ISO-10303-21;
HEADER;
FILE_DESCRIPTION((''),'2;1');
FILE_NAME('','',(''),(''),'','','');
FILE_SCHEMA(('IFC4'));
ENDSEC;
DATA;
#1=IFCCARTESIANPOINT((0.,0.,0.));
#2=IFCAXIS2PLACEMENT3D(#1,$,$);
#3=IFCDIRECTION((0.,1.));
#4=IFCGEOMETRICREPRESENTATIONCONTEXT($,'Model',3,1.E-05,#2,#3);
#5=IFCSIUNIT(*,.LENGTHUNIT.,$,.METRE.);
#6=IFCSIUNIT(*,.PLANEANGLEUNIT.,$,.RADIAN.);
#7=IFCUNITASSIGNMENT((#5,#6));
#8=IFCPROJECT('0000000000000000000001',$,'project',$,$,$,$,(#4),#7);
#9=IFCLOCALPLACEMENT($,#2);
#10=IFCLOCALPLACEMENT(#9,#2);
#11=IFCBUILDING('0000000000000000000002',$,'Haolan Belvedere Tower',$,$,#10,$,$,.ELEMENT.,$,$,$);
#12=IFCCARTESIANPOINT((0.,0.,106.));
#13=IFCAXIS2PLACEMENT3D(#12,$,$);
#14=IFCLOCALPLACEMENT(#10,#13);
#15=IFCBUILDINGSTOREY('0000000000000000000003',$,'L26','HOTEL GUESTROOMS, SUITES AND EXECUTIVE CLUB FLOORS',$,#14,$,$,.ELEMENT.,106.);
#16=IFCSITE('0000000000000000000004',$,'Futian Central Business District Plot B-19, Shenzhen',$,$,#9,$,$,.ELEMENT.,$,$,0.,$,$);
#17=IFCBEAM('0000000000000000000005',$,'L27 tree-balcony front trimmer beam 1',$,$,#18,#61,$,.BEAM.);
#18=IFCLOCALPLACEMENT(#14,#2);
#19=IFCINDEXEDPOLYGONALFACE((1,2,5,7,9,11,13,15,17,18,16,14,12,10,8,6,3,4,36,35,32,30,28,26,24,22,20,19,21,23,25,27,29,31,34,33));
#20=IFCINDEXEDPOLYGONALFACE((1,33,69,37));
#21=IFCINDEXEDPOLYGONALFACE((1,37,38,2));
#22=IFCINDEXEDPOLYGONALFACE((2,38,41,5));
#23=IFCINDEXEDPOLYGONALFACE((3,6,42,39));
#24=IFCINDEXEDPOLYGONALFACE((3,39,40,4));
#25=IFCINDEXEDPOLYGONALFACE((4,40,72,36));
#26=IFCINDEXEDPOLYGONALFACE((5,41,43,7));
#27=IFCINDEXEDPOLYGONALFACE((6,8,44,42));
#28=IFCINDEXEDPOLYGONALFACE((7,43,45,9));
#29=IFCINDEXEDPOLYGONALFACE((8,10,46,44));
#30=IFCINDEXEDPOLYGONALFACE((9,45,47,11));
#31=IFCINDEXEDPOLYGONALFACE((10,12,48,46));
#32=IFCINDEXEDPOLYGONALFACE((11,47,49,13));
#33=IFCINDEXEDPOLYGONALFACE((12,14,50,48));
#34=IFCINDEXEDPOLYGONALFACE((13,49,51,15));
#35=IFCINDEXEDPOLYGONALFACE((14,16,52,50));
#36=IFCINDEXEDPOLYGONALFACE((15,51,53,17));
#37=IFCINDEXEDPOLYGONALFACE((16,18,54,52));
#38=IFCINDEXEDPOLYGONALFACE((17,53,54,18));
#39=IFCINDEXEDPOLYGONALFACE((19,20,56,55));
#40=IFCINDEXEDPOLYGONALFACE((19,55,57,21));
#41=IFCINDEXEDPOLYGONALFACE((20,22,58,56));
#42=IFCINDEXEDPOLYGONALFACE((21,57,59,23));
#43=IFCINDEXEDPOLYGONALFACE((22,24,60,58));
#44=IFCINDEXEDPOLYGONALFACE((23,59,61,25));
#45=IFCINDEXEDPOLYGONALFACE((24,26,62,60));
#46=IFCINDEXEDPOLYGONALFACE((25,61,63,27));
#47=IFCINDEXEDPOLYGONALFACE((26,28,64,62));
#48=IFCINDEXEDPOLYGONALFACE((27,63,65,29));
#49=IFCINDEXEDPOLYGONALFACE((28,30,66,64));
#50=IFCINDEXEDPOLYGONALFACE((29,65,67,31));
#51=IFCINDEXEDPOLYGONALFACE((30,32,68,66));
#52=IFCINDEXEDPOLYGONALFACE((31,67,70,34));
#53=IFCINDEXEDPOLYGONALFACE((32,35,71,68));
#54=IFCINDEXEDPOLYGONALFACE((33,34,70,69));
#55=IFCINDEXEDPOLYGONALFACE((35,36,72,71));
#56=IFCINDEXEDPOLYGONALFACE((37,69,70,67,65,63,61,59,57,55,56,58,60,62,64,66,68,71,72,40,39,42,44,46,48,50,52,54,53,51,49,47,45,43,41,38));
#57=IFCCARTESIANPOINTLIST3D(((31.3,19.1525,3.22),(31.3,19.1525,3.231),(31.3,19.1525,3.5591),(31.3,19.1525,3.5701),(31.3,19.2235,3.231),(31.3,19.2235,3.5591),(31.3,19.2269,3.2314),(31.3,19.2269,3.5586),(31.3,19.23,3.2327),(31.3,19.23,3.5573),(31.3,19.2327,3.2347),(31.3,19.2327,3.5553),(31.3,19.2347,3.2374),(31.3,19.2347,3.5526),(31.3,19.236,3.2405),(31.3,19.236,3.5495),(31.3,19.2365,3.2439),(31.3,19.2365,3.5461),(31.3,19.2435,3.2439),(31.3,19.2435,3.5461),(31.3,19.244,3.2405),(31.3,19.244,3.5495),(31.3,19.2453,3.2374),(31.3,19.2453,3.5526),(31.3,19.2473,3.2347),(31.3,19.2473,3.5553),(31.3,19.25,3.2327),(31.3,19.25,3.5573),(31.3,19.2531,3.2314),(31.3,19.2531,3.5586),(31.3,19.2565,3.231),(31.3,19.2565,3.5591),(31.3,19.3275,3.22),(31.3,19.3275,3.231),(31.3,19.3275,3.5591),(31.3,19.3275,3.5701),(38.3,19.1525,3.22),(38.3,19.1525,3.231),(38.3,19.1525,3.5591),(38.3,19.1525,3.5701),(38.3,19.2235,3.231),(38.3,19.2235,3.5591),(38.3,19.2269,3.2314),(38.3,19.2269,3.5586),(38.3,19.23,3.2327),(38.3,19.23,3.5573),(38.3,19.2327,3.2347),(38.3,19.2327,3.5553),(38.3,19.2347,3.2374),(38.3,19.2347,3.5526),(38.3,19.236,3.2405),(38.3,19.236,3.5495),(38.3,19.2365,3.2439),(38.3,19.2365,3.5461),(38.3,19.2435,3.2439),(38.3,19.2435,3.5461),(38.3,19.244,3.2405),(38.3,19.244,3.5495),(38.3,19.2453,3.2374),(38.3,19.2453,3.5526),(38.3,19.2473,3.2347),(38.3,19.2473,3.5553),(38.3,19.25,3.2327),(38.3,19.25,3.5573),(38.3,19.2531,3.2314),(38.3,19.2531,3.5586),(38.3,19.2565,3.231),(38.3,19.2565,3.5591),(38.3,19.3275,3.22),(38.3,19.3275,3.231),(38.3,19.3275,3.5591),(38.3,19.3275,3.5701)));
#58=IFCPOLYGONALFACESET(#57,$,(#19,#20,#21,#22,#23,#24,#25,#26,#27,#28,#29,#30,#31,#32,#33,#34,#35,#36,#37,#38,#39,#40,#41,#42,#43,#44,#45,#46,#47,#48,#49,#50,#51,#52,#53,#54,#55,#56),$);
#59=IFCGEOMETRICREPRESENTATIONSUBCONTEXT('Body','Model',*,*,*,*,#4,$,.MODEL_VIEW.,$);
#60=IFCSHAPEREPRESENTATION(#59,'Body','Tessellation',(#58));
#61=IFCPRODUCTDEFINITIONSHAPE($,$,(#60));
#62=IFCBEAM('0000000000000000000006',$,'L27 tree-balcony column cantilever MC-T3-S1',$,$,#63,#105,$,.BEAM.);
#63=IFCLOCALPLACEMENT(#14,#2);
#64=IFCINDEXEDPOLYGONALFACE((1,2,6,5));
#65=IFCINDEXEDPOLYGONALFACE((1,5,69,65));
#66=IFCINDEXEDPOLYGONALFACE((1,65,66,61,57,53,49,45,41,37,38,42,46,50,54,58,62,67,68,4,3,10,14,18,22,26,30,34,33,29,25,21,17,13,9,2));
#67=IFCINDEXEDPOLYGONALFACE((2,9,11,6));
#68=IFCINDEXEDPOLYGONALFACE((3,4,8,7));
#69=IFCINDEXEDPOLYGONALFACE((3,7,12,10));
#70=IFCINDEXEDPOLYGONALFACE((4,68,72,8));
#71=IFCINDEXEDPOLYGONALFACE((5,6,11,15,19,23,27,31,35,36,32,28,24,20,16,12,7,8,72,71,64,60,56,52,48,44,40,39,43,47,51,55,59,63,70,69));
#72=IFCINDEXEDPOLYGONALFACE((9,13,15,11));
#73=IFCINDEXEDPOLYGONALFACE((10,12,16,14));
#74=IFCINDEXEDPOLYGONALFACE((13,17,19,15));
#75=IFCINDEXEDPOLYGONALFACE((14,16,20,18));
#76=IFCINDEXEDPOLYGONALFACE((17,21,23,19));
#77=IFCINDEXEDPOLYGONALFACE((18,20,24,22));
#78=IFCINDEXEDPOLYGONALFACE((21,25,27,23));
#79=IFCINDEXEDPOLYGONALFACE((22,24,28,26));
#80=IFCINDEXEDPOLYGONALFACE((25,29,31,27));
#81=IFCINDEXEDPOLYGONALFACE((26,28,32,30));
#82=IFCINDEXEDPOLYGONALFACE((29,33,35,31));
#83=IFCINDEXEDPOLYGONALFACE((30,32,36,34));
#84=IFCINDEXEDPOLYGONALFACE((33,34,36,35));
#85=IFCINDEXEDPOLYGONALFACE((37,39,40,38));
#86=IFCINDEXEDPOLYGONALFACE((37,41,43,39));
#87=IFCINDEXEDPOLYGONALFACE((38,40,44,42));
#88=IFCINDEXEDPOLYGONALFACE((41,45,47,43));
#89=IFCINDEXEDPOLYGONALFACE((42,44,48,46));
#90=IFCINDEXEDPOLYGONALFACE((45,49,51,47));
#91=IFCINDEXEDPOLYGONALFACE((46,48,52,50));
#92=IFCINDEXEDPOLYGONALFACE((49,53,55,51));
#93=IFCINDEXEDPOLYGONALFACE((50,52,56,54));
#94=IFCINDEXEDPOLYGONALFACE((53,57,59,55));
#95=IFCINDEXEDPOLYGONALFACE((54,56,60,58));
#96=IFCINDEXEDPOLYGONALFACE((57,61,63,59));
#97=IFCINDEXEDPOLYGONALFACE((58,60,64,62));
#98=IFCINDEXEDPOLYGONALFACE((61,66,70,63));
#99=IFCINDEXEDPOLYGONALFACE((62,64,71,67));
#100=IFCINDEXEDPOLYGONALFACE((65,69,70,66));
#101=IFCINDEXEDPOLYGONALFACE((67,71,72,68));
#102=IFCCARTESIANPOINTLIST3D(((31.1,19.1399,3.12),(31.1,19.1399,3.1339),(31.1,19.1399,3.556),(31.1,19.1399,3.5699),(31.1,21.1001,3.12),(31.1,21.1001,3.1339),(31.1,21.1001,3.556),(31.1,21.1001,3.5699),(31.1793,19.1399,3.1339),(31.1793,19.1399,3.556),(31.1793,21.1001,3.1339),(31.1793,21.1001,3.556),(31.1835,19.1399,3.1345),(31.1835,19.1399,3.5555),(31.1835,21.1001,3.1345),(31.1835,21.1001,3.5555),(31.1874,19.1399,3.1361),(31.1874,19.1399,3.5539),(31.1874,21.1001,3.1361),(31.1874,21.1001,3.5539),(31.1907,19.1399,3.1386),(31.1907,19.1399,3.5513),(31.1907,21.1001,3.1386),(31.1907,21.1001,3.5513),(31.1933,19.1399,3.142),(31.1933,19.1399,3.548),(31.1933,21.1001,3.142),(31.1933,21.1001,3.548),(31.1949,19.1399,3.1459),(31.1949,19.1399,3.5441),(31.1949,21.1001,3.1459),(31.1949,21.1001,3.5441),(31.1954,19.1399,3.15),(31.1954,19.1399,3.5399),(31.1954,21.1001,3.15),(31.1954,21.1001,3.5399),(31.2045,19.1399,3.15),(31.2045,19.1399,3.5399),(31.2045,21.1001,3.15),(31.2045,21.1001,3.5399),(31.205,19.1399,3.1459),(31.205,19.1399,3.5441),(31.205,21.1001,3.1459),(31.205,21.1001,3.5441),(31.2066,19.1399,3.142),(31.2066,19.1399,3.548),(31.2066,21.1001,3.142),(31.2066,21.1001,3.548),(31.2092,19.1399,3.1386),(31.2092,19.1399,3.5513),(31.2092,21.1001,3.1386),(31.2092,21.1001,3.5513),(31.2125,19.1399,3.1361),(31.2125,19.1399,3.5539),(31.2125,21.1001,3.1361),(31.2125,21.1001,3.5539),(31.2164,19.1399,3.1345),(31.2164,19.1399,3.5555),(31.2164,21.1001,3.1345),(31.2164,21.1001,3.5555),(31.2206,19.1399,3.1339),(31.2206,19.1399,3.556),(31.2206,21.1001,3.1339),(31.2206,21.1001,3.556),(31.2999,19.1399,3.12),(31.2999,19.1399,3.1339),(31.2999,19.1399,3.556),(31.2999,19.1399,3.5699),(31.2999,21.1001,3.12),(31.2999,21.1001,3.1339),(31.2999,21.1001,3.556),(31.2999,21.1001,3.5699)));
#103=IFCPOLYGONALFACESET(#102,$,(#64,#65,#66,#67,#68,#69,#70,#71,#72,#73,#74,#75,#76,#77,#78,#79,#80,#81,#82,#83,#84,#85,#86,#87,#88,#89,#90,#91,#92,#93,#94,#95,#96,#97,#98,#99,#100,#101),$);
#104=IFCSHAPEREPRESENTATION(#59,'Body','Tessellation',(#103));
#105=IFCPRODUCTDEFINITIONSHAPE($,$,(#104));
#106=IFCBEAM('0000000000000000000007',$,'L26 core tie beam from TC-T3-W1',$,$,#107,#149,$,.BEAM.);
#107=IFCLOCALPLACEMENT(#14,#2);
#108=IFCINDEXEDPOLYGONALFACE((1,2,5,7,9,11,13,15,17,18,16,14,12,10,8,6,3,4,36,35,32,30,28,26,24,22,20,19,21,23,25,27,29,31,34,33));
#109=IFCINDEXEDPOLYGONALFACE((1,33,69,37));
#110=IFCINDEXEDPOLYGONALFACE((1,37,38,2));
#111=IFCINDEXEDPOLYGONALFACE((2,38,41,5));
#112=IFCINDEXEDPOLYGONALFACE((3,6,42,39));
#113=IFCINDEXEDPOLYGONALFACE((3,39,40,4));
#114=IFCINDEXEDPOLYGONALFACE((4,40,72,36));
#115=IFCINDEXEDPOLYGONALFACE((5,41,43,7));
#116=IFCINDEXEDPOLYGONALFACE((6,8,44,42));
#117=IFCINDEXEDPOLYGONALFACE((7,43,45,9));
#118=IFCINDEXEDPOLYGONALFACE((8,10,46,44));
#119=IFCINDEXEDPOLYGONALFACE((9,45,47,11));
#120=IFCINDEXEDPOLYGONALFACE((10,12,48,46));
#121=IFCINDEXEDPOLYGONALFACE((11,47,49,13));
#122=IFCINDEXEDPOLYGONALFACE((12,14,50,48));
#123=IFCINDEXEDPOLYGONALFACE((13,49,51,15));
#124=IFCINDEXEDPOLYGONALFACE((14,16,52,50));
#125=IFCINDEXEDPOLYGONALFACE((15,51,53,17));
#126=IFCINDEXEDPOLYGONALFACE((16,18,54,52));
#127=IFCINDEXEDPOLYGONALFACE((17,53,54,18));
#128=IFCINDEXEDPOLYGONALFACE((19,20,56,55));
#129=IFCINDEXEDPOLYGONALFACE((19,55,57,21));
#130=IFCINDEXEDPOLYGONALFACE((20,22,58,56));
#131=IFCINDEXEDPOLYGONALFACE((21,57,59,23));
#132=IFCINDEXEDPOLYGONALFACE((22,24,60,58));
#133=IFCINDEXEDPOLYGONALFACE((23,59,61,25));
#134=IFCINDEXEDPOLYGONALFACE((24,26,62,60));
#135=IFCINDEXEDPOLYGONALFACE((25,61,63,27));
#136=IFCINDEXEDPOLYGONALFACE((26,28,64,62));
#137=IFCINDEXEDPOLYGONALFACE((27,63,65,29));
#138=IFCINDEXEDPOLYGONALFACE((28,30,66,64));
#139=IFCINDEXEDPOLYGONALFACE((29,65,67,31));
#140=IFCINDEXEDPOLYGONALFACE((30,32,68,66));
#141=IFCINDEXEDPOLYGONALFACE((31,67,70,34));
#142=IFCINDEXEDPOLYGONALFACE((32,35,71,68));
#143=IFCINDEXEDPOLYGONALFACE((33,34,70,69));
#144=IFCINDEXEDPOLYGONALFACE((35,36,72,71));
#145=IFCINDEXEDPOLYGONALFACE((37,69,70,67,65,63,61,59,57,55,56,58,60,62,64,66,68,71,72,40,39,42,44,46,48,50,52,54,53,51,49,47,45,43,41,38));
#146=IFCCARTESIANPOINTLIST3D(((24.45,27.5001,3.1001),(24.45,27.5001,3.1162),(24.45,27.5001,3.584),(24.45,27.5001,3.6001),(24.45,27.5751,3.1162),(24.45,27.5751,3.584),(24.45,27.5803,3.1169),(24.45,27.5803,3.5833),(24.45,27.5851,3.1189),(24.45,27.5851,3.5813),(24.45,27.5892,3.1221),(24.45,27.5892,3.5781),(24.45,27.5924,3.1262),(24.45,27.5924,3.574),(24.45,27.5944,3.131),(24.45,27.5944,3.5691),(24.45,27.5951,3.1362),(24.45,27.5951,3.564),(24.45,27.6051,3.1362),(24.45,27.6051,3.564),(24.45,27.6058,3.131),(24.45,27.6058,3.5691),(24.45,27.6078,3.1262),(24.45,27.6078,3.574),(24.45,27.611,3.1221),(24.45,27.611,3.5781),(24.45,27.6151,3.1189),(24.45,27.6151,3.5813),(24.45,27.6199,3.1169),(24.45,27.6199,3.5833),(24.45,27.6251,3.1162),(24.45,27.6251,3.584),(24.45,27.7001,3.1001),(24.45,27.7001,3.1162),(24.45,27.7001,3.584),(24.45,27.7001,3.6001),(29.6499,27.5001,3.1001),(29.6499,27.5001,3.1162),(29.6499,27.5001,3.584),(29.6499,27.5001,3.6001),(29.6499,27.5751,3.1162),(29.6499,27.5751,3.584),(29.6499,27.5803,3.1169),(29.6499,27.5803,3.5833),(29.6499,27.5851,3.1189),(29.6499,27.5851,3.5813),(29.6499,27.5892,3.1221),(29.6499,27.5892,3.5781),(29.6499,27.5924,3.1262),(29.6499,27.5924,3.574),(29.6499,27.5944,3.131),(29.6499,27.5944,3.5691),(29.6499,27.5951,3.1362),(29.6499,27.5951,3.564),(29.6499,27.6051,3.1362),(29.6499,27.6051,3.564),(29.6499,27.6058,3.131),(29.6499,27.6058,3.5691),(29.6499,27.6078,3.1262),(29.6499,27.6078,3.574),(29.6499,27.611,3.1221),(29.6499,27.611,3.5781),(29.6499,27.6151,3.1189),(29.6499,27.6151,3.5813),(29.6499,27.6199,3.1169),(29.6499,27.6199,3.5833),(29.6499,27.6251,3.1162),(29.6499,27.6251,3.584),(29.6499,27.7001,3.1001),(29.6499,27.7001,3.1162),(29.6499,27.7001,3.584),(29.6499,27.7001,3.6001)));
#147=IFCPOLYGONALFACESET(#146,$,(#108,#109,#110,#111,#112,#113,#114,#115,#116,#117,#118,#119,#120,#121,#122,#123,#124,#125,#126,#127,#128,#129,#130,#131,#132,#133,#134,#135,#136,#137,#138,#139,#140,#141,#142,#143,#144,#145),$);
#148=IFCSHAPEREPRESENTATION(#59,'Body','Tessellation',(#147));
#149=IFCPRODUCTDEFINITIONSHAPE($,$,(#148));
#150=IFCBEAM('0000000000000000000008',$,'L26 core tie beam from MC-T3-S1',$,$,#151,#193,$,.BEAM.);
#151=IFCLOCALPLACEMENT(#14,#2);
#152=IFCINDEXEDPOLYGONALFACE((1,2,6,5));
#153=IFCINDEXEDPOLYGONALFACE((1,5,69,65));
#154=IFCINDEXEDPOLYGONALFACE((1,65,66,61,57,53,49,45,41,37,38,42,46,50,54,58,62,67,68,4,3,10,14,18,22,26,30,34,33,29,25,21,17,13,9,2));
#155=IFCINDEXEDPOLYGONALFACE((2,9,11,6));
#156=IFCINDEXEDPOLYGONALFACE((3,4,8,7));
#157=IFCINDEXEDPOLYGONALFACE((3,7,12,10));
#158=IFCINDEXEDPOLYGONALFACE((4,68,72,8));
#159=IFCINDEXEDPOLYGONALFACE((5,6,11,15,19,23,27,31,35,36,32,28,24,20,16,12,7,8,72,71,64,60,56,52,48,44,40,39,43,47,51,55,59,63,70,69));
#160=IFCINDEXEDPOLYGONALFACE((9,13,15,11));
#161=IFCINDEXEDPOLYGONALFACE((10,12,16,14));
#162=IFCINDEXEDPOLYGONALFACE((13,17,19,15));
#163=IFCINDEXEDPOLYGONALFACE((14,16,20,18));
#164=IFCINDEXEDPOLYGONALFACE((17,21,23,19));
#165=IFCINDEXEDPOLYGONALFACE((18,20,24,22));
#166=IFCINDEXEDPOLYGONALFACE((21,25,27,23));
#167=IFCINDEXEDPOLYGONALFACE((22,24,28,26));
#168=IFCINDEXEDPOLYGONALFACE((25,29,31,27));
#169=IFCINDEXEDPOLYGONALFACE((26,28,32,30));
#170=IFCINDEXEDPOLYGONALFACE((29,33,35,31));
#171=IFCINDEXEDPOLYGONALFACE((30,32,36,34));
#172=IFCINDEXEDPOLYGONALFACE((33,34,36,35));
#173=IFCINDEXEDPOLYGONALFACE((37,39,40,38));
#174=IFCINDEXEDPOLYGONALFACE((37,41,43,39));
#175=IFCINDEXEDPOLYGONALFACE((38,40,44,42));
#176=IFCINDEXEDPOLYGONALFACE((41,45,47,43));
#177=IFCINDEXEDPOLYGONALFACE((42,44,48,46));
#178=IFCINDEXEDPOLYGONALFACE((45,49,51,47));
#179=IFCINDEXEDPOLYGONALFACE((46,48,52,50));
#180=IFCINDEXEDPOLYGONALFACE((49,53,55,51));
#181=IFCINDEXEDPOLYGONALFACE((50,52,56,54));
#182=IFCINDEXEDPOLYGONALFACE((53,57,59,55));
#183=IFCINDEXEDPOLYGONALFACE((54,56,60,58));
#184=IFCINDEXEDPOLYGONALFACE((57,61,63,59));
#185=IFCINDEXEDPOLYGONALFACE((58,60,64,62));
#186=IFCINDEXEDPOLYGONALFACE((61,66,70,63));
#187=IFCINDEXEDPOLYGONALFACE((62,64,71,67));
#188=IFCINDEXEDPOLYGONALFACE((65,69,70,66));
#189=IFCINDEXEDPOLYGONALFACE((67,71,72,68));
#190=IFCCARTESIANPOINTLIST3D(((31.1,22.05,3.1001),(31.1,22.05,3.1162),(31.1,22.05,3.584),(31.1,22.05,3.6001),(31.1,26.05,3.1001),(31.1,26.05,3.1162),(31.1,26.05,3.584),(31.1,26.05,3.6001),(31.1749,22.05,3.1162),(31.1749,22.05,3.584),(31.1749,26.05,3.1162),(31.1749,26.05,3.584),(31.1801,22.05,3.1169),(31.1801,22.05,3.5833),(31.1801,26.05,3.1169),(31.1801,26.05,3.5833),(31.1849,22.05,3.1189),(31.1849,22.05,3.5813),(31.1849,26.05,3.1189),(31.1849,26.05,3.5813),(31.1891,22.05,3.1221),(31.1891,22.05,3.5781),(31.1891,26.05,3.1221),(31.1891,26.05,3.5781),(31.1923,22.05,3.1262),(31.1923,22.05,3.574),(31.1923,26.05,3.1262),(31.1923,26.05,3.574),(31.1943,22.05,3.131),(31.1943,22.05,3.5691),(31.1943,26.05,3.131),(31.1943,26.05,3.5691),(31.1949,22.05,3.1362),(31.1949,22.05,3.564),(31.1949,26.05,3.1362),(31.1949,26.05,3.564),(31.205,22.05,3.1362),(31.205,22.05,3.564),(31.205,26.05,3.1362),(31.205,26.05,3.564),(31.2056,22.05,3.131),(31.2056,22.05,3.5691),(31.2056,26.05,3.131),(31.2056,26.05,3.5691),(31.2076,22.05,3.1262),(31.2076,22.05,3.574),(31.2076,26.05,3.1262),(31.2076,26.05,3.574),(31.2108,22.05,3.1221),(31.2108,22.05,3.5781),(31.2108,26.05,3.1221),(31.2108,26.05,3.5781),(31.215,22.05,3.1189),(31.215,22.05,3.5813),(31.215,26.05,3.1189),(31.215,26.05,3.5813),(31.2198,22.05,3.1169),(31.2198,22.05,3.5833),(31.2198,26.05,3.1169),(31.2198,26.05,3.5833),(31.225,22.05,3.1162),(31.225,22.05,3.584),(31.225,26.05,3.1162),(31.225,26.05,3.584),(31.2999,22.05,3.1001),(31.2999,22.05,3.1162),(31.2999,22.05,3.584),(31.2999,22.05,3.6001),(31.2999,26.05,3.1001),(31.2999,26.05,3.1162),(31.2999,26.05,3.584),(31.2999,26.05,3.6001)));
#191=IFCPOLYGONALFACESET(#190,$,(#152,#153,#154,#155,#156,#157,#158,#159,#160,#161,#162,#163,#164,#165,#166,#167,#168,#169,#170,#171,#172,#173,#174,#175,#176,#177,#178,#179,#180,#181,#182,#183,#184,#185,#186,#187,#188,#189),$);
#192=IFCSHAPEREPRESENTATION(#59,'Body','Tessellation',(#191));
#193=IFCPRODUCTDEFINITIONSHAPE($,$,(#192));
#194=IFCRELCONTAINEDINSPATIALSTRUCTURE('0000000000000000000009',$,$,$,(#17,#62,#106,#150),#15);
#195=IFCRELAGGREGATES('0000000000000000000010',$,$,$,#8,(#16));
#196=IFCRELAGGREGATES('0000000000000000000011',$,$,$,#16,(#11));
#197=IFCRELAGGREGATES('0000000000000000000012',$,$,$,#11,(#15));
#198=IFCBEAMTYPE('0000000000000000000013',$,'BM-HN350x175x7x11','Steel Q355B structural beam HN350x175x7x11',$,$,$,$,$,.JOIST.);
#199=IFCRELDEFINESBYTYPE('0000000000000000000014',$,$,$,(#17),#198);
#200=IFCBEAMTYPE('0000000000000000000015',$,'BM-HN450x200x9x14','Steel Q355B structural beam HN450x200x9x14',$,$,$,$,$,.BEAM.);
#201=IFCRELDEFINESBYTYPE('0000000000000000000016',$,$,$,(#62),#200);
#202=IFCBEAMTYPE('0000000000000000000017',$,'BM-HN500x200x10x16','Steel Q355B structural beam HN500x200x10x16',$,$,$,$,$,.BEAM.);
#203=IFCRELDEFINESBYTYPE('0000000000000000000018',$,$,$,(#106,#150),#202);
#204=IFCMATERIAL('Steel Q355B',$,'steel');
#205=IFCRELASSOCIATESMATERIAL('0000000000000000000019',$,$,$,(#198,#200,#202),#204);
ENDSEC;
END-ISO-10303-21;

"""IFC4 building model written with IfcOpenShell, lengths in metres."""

from ifc_helpers import new_model, si_unit, direction, frame, origin, origin_2d, place, context, subcontext, project, spatial, i_section, extrude, material, material_profile, profile_set, type_object, element, save


model = new_model("IFC4")

# Units and contexts
model_context = context("Model", 3, precision=1e-05, world=origin(), true_north=direction((0.0, 1.0)))
body_context = subcontext(model_context, "Body", "Model", "MODEL_VIEW")
ifc_project = project(units=[si_unit("LENGTHUNIT", "METRE"), si_unit("PLANEANGLEUNIT", "RADIAN")], contexts=[model_context])

# Site, building, storey
site_placement = place(None, origin())
site = spatial("IfcSite", under=ifc_project, at=site_placement, Name="Futian Central Business District Plot B-19, Shenzhen", CompositionType="ELEMENT", RefElevation=0.0)
building_placement = place(site_placement, origin())
building = spatial("IfcBuilding", under=site, at=building_placement, Name="Haolan Belvedere Tower", CompositionType="ELEMENT")
storey_placement = place(building_placement, frame((0.0, 0.0, 106.0)))
storey = spatial("IfcBuildingStorey", under=building, at=storey_placement, Name="L26", Description="HOTEL GUESTROOMS, SUITES AND EXECUTIVE CLUB FLOORS", CompositionType="ELEMENT", Elevation=106.0)

# Beams
ifc_material_1 = material(Name="Steel Q355B", Category="steel")
ifc_material_profile_1 = material_profile(ifc_material_1, i_section(OverallWidth=0.175, OverallDepth=0.3501, WebThickness=0.0071, FlangeThickness=0.011, FilletRadius=0.0129, at=origin_2d()), Name="Steel Q355B")
ifc_profile_set_1 = profile_set([ifc_material_profile_1], Name="Steel Q355B")
beam_type_1 = type_object("IfcBeamType", Name="BM-HN350x175x7x11", Description="Steel Q355B structural beam HN350x175x7x11", PredefinedType="JOIST", material=ifc_profile_set_1)
beam_1_placement = place(storey_placement, frame((31.3, 19.24, 3.395), z_axis=(1.0, 0.0, 0.0), x_axis=(0.0, 1.0, 0.0)))
element("IfcBeam", 1, at=beam_1_placement, inside=storey, type_object=beam_type_1, Name="L27 tree-balcony front trimmer beam 1", PredefinedType="BEAM", context=body_context, shape_type="SweptSolid", body=[
    extrude(i_section(OverallWidth=0.175, OverallDepth=0.3501, WebThickness=0.0071, FlangeThickness=0.011, FilletRadius=0.0129, at=origin_2d()), origin(), (0.0, 0.0, 1.0), 7.0),
])
ifc_material_profile_2 = material_profile(ifc_material_1, i_section(OverallWidth=0.2, OverallDepth=0.45, WebThickness=0.009, FlangeThickness=0.0139, FilletRadius=0.0161, at=origin_2d()), Name="Steel Q355B")
ifc_profile_set_2 = profile_set([ifc_material_profile_2], Name="Steel Q355B")
beam_type_2 = type_object("IfcBeamType", Name="BM-HN450x200x9x14", Description="Steel Q355B structural beam HN450x200x9x14", PredefinedType="BEAM", material=ifc_profile_set_2)
beam_2_placement = place(storey_placement, frame((31.2, 21.1001, 3.345), z_axis=(0.0, -1.0, 0.0), x_axis=(1.0, 0.0, 0.0)))
element("IfcBeam", 2, at=beam_2_placement, inside=storey, type_object=beam_type_2, Name="L27 tree-balcony column cantilever MC-T3-S1", PredefinedType="BEAM", context=body_context, shape_type="SweptSolid", body=[
    extrude(i_section(OverallWidth=0.2, OverallDepth=0.45, WebThickness=0.009, FlangeThickness=0.0139, FilletRadius=0.0161, at=origin_2d()), origin(), (0.0, 0.0, 1.0), 1.9602),
])
ifc_material_profile_3 = material_profile(ifc_material_1, i_section(OverallWidth=0.2, OverallDepth=0.5, WebThickness=0.01, FlangeThickness=0.0161, FilletRadius=0.02, at=origin_2d()), Name="Steel Q355B")
ifc_profile_set_3 = profile_set([ifc_material_profile_3], Name="Steel Q355B")
beam_type_3 = type_object("IfcBeamType", Name="BM-HN500x200x10x16", Description="Steel Q355B structural beam HN500x200x10x16", PredefinedType="BEAM", material=ifc_profile_set_3)
beam_3_placement = place(storey_placement, frame((24.45, 27.6001, 3.3501), z_axis=(1.0, 0.0, 0.0), x_axis=(0.0, 1.0, 0.0)))
element("IfcBeam", 3, at=beam_3_placement, inside=storey, type_object=beam_type_3, Name="L26 core tie beam from TC-T3-W1", PredefinedType="BEAM", context=body_context, shape_type="SweptSolid", body=[
    extrude(i_section(OverallWidth=0.2, OverallDepth=0.5, WebThickness=0.01, FlangeThickness=0.0161, FilletRadius=0.02, at=origin_2d()), origin(), (0.0, 0.0, 1.0), 5.2),
])
beam_4_placement = place(storey_placement, frame((31.2, 22.05, 3.3501), z_axis=(0.0, 1.0, 0.0), x_axis=(-1.0, 0.0, 0.0)))
element("IfcBeam", 4, at=beam_4_placement, inside=storey, type_object=beam_type_3, Name="L26 core tie beam from MC-T3-S1", PredefinedType="BEAM", context=body_context, shape_type="SweptSolid", body=[
    extrude(i_section(OverallWidth=0.2, OverallDepth=0.5, WebThickness=0.01, FlangeThickness=0.0161, FilletRadius=0.02, at=origin_2d()), origin(), (0.0, 0.0, 1.0), 4.0),
])

save(model, "model.ifc")
